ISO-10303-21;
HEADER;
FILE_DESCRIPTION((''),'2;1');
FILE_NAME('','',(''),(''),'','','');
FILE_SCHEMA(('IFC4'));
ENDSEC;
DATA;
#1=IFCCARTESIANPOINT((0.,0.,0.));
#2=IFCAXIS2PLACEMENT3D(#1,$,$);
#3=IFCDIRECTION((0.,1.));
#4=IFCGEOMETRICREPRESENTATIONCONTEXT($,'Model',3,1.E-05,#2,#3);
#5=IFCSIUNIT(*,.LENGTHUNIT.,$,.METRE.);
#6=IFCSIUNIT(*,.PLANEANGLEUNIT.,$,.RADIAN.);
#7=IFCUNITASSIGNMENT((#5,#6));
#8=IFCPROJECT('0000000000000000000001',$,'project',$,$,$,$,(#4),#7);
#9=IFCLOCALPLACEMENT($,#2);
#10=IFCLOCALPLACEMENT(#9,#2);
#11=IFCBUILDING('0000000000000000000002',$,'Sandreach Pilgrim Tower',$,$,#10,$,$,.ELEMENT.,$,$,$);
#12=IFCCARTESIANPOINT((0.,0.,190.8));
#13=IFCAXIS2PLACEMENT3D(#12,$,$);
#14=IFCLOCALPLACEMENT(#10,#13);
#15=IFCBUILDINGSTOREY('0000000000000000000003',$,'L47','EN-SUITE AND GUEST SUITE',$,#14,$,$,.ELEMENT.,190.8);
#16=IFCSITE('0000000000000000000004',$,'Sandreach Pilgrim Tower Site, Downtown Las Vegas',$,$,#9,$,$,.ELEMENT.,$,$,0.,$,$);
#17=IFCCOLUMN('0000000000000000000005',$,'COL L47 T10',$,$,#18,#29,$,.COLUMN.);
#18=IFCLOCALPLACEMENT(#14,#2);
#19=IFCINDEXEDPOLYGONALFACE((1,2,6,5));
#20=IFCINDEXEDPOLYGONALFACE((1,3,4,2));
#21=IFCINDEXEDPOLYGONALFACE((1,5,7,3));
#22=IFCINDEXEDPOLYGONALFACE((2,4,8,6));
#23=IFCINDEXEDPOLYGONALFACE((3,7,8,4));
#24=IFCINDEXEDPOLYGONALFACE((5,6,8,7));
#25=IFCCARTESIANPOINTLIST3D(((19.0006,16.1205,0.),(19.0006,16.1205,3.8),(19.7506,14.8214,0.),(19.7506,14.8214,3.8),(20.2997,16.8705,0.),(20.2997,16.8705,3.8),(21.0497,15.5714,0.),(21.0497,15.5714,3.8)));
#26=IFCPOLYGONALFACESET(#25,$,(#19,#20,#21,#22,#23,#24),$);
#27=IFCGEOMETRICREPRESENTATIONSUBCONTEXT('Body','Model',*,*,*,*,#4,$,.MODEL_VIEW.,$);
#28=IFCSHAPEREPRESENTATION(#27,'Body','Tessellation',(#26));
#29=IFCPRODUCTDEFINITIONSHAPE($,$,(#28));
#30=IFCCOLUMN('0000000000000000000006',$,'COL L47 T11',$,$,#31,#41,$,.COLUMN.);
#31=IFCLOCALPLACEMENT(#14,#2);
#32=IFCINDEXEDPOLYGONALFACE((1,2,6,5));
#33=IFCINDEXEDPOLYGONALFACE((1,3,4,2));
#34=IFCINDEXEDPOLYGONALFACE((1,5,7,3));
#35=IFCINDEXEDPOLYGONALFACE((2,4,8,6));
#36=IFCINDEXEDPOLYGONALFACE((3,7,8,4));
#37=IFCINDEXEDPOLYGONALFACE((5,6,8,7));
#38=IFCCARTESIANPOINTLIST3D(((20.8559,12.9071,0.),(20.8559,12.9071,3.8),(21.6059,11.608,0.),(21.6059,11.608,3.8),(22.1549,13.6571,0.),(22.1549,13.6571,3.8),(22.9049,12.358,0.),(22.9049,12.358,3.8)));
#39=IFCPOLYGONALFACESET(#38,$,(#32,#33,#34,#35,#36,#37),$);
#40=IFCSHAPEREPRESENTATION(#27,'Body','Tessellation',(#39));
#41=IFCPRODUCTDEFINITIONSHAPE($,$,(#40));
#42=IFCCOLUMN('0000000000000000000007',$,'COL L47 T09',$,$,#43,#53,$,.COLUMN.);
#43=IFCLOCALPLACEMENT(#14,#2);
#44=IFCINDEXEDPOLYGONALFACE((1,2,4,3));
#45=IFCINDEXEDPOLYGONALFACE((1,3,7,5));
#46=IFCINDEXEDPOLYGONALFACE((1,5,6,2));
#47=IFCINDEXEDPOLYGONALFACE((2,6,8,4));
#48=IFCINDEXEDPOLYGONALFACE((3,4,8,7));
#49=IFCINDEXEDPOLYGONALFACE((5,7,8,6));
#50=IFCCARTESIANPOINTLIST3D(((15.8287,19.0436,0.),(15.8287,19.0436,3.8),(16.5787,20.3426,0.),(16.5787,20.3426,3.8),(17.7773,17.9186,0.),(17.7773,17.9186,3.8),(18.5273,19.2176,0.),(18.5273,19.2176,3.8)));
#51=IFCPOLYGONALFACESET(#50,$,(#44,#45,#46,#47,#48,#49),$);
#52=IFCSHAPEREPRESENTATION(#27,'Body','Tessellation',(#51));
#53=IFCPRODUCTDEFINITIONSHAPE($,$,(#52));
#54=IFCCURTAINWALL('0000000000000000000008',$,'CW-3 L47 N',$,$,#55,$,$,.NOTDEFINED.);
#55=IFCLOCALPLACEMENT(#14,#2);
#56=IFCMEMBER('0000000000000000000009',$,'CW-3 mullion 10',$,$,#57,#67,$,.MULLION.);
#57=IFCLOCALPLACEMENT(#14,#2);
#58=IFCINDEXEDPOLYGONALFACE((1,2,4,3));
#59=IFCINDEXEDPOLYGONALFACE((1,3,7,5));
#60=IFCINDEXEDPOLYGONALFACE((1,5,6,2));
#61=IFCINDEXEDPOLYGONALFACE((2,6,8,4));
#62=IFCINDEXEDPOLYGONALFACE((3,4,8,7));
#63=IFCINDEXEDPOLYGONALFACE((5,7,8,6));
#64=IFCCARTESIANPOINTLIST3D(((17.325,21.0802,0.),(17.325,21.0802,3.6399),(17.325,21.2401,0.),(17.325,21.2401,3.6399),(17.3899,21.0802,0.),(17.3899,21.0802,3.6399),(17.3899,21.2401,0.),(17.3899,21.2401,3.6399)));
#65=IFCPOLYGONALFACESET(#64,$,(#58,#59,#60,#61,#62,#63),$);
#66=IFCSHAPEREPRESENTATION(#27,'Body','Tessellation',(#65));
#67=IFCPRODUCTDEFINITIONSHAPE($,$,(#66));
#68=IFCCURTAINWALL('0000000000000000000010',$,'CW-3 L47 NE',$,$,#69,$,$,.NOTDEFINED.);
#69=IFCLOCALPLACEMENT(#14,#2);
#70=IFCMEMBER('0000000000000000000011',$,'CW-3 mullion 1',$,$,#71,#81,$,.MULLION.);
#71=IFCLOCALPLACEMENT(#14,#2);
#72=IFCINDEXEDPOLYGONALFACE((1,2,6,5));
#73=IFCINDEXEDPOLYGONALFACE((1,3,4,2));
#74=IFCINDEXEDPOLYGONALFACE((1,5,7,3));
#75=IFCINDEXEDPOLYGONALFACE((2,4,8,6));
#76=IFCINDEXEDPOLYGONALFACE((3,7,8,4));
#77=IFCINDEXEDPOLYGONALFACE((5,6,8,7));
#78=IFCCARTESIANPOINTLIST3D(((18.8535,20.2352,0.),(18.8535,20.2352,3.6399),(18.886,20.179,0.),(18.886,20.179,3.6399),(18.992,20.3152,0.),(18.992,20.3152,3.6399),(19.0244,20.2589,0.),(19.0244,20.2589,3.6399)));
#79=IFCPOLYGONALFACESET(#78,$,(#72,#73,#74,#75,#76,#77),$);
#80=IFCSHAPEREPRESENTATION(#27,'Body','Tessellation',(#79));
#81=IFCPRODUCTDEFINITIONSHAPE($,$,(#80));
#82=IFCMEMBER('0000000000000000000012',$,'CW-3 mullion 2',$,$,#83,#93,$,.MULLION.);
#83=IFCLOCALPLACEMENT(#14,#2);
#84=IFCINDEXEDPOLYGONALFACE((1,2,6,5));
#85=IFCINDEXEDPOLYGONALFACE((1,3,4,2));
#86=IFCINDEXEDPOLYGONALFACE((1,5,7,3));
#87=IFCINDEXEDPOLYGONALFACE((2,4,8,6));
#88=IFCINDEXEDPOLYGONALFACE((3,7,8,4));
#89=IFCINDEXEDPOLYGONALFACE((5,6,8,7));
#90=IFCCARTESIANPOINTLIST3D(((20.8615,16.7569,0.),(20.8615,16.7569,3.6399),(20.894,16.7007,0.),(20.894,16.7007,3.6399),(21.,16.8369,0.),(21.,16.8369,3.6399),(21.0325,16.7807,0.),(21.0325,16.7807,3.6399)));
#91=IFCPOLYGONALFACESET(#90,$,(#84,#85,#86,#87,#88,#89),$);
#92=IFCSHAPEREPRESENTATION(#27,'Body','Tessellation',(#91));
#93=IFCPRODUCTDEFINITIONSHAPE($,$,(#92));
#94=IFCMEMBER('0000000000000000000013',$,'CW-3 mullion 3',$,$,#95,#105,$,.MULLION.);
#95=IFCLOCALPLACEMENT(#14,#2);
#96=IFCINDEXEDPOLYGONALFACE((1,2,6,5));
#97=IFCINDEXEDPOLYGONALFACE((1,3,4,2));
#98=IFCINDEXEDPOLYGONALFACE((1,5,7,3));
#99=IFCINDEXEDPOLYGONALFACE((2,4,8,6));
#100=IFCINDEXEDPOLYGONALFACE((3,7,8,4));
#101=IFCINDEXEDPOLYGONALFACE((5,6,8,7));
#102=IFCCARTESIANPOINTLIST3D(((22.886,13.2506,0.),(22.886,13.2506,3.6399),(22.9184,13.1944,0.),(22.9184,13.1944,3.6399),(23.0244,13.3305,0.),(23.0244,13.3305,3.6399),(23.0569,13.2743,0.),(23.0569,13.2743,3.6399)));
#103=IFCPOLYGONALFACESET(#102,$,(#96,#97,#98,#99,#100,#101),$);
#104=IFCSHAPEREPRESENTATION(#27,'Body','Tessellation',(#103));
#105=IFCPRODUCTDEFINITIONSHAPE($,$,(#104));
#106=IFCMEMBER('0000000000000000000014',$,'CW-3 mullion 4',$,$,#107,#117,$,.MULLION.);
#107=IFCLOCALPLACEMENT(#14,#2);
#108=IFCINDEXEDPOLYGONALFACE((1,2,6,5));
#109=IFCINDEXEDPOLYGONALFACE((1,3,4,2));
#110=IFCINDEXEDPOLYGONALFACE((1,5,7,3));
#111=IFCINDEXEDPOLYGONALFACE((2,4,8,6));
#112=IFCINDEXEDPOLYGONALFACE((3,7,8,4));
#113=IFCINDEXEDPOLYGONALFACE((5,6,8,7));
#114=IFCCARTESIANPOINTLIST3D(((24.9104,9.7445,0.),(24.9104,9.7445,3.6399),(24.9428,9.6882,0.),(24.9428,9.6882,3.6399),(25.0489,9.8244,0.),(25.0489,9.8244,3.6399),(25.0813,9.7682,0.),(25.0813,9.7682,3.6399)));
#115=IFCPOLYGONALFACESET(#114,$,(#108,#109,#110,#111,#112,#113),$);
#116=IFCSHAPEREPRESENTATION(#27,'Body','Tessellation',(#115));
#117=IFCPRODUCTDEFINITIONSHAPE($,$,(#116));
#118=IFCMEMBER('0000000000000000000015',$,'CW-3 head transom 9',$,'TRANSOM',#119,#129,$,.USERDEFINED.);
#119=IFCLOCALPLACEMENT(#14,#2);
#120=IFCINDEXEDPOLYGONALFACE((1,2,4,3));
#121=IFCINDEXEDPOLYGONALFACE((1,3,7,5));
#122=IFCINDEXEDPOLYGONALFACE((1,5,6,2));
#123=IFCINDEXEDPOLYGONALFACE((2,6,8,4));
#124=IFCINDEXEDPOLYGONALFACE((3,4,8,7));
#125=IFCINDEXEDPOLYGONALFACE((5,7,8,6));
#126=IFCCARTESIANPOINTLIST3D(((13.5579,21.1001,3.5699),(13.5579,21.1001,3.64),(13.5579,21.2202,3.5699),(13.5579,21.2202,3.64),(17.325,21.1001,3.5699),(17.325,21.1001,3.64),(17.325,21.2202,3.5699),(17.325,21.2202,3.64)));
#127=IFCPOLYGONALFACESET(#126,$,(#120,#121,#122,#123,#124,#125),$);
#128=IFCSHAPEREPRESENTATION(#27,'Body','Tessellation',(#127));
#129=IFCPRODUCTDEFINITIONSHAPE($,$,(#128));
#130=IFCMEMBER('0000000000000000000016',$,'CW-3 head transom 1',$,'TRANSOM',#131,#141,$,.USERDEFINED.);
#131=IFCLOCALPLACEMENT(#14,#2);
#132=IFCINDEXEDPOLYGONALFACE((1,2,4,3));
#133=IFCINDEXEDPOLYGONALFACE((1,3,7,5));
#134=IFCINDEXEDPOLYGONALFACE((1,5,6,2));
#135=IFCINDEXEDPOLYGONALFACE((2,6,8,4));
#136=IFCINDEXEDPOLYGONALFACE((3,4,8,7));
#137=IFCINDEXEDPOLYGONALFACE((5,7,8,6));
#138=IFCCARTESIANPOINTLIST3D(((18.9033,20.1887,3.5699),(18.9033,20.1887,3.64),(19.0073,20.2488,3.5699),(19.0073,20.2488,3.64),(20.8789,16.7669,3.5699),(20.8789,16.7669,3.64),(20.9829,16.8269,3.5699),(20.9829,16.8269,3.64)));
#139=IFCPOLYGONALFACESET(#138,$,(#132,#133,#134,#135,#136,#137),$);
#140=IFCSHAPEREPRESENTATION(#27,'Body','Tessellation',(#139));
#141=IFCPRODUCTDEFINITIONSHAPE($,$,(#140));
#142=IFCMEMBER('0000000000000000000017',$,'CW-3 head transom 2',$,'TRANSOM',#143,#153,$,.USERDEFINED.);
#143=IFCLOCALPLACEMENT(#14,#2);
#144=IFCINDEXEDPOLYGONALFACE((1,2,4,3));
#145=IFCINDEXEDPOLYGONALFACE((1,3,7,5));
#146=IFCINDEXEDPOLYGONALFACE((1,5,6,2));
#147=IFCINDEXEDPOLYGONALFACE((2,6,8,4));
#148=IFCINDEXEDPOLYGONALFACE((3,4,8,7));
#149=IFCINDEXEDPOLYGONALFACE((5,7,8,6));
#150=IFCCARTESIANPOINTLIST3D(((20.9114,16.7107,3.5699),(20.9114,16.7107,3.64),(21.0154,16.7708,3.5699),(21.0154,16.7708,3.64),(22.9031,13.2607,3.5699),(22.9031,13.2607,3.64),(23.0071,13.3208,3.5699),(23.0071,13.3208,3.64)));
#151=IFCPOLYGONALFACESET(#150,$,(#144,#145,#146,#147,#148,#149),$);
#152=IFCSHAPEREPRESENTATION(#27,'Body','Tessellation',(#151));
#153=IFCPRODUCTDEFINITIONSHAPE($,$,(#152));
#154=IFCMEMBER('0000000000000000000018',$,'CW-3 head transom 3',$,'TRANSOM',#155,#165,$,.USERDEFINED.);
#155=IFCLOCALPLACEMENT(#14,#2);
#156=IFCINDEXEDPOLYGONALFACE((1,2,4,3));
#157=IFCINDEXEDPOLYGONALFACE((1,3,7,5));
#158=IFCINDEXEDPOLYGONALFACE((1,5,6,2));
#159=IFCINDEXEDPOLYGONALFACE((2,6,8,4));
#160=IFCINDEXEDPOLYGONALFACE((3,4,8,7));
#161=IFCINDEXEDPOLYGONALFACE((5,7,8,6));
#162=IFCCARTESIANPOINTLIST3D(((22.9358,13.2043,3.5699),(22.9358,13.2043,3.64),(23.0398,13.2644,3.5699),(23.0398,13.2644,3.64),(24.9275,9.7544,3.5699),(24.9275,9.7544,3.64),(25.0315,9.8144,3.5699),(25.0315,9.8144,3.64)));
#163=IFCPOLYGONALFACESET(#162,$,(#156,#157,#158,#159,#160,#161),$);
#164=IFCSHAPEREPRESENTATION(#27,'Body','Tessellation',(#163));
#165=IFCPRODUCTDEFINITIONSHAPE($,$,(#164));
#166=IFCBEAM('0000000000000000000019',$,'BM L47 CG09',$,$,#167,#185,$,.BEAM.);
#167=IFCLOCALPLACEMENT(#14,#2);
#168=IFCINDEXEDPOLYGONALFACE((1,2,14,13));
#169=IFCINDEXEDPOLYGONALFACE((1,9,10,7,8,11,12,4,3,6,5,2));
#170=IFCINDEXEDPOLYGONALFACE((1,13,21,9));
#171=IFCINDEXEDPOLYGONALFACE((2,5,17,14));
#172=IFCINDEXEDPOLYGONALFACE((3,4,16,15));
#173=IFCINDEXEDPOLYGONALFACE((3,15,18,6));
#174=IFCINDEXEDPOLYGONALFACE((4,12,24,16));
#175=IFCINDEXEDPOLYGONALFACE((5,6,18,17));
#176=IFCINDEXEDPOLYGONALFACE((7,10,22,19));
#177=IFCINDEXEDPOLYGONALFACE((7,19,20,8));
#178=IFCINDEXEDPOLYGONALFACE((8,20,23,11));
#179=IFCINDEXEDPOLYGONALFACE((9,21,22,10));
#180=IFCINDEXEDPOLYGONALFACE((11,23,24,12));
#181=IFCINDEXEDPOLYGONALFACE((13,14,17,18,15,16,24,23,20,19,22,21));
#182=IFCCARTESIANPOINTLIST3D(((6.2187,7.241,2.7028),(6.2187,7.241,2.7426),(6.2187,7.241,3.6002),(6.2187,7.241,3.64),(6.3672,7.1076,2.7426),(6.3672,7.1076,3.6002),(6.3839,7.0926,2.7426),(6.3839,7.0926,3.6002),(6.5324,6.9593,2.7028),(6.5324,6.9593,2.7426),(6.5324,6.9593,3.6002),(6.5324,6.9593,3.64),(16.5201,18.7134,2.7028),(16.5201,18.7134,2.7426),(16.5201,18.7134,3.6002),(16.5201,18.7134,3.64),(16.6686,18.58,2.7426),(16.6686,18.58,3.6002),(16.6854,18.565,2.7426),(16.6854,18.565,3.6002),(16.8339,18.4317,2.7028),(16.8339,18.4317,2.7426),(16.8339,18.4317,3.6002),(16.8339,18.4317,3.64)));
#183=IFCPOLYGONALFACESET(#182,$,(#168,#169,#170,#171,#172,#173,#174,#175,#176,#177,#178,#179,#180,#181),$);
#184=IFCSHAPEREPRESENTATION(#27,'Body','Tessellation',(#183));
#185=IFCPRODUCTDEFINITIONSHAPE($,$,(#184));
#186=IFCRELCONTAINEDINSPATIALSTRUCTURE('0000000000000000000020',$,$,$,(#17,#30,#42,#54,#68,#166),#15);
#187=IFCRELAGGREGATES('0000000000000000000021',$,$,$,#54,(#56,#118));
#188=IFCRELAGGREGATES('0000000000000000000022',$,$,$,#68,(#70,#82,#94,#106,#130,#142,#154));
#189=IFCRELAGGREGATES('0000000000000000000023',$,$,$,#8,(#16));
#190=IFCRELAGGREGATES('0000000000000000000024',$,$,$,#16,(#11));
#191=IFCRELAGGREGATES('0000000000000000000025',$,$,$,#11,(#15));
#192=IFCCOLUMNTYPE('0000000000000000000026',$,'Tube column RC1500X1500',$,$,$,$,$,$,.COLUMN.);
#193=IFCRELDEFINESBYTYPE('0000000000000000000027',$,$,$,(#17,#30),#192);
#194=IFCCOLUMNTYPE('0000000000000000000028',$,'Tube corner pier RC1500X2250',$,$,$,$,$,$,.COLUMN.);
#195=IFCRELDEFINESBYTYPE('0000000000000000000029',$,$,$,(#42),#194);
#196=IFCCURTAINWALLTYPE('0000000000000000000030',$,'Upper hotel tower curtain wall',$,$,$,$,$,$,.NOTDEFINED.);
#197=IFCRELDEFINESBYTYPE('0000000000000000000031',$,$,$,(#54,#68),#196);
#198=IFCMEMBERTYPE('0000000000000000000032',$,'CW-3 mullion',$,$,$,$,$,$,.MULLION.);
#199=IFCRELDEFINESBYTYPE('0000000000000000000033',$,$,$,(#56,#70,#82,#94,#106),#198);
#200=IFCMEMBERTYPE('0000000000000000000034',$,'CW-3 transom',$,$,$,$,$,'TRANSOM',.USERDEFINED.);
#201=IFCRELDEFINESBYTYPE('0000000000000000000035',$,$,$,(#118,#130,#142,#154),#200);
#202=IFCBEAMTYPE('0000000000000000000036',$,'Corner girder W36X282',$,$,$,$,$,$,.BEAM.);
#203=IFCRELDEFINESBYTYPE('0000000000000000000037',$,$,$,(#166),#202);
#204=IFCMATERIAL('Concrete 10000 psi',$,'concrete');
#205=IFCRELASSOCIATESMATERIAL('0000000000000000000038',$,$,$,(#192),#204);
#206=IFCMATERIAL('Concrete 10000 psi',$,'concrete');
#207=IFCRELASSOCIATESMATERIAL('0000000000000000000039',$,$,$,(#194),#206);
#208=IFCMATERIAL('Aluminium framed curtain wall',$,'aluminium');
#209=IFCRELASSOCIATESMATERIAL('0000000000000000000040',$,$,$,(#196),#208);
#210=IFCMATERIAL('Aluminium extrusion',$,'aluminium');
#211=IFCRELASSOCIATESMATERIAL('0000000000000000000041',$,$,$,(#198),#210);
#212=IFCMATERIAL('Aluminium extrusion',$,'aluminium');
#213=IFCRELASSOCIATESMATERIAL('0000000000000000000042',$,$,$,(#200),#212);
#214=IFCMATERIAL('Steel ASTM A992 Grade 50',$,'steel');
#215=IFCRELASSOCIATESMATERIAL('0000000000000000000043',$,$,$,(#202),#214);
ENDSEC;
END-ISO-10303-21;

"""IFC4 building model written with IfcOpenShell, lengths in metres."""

from ifc_helpers import new_model, si_unit, direction, frame, origin, origin_2d, place, context, subcontext, project, spatial, rectangle, i_section, extrude, material, material_profile, profile_set, type_object, element, aggregate, save


model = new_model("IFC4")

# Units and contexts
model_context = context("Model", 3, precision=1e-05, world=origin(), true_north=direction((0.0, 1.0)))
body_context = subcontext(model_context, "Body", "Model", "MODEL_VIEW")
ifc_project = project(units=[si_unit("LENGTHUNIT", "METRE"), si_unit("PLANEANGLEUNIT", "RADIAN")], contexts=[model_context])

# Site, building, storey
site_placement = place(None, origin())
site = spatial("IfcSite", under=ifc_project, at=site_placement, Name="Sandreach Pilgrim Tower Site, Downtown Las Vegas", CompositionType="ELEMENT", RefElevation=0.0)
building_placement = place(site_placement, origin())
building = spatial("IfcBuilding", under=site, at=building_placement, Name="Sandreach Pilgrim Tower", CompositionType="ELEMENT")
storey_placement = place(building_placement, frame((0.0, 0.0, 190.8)))
storey = spatial("IfcBuildingStorey", under=building, at=storey_placement, Name="L47", Description="EN-SUITE AND GUEST SUITE", CompositionType="ELEMENT", Elevation=190.8)

# Columns
ifc_material_1 = material(Name="Concrete 10000 psi", Category="concrete")
ifc_material_profile_1 = material_profile(ifc_material_1, rectangle(XDim=1.5, YDim=1.5, at=origin_2d()), Name="RC1500X1500")
ifc_profile_set_1 = profile_set([ifc_material_profile_1], Name="Concrete 10000 psi")
column_type_1 = type_object("IfcColumnType", Name="Tube column RC1500X1500", PredefinedType="COLUMN", material=ifc_profile_set_1)
for number, where, z_axis, x_axis, name in (
    (1, (20.0251, 15.8459, 0.0), (0.0, 0.0, 1.0), (0.866025, 0.5, 0.0), "COL L47 T10"),
    (2, (21.8804, 12.6326, 0.0), (0.0, 0.0, 1.0), (0.866025, 0.5, 0.0), "COL L47 T11"),
):
    element("IfcColumn", number, at=place(storey_placement, frame(where, z_axis=z_axis, x_axis=x_axis)), inside=storey, type_object=column_type_1, Name=name, PredefinedType="COLUMN", context=body_context, shape_type="SweptSolid", body=[
        extrude(rectangle(XDim=1.5, YDim=1.5, at=origin_2d()), origin(), (0.0, 0.0, 1.0), 3.8),
    ])
ifc_material_2 = material(Name="Concrete 10000 psi", Category="concrete")
ifc_material_profile_2 = material_profile(ifc_material_2, rectangle(XDim=1.5, YDim=2.25, at=origin_2d()), Name="RC1500X2250")
ifc_profile_set_2 = profile_set([ifc_material_profile_2], Name="Concrete 10000 psi")
column_type_2 = type_object("IfcColumnType", Name="Tube corner pier RC1500X2250", PredefinedType="COLUMN", material=ifc_profile_set_2)
column_placement = place(storey_placement, frame((17.178, 19.1306, 0.0), z_axis=(0.0, 0.0, 1.0), x_axis=(0.5, 0.866025, 0.0)))
element("IfcColumn", 3, at=column_placement, inside=storey, type_object=column_type_2, Name="COL L47 T09", PredefinedType="COLUMN", context=body_context, shape_type="SweptSolid", body=[
    extrude(rectangle(XDim=1.5, YDim=2.25, at=origin_2d()), origin(), (0.0, 0.0, 1.0), 3.8),
])

# Curtain wall, member
ifc_material_3 = material(Name="Aluminium framed curtain wall", Category="aluminium")
curtain_wall_type = type_object("IfcCurtainWallType", Name="Upper hotel tower curtain wall", PredefinedType="NOTDEFINED", material=ifc_material_3)
curtain_wall_1_placement = place(storey_placement, origin())
curtain_wall_1 = element("IfcCurtainWall", 4, at=curtain_wall_1_placement, inside=storey, type_object=curtain_wall_type, Name="CW-3 L47 N", PredefinedType="NOTDEFINED")
ifc_material_4 = material(Name="Aluminium extrusion", Category="aluminium")
ifc_material_profile_3 = material_profile(ifc_material_4, rectangle(XDim=0.0649, YDim=0.1599, at=origin_2d()), Name="CW-3M 65X160")
ifc_profile_set_3 = profile_set([ifc_material_profile_3], Name="Aluminium extrusion")
member_type_1 = type_object("IfcMemberType", Name="CW-3 mullion", PredefinedType="MULLION", material=ifc_profile_set_3)
member_1_placement = place(storey_placement, frame((17.3574, 21.1602, 0.0), z_axis=(0.0, 0.0, 1.0), x_axis=(1.0, 0.0, 0.0)))
member_1 = element("IfcMember", 5, at=member_1_placement, type_object=member_type_1, Name="CW-3 mullion 10", PredefinedType="MULLION", context=body_context, shape_type="SweptSolid", body=[
    extrude(rectangle(XDim=0.0649, YDim=0.1599, at=origin_2d()), origin(), (0.0, 0.0, 1.0), 3.6399),
])

# Curtain wall, members
curtain_wall_2_placement = place(storey_placement, origin())
curtain_wall_2 = element("IfcCurtainWall", 6, at=curtain_wall_2_placement, inside=storey, type_object=curtain_wall_type, Name="CW-3 L47 NE", PredefinedType="NOTDEFINED")
member_2_placement = place(storey_placement, frame((18.939, 20.2471, 0.0), z_axis=(0.0, 0.0, 1.0), x_axis=(0.5, -0.866025, 0.0)))
member_2 = element("IfcMember", 7, at=member_2_placement, type_object=member_type_1, Name="CW-3 mullion 1", PredefinedType="MULLION", context=body_context, shape_type="SweptSolid", body=[
    extrude(rectangle(XDim=0.0649, YDim=0.1599, at=origin_2d()), origin(), (0.0, 0.0, 1.0), 3.6399),
])
member_3_placement = place(storey_placement, frame((20.947, 16.7688, 0.0), z_axis=(0.0, 0.0, 1.0), x_axis=(0.5, -0.866025, 0.0)))
member_3 = element("IfcMember", 8, at=member_3_placement, type_object=member_type_1, Name="CW-3 mullion 2", PredefinedType="MULLION", context=body_context, shape_type="SweptSolid", body=[
    extrude(rectangle(XDim=0.0649, YDim=0.1599, at=origin_2d()), origin(), (0.0, 0.0, 1.0), 3.6399),
])
member_4_placement = place(storey_placement, frame((22.9714, 13.2625, 0.0), z_axis=(0.0, 0.0, 1.0), x_axis=(0.5, -0.866025, 0.0)))
member_4 = element("IfcMember", 9, at=member_4_placement, type_object=member_type_1, Name="CW-3 mullion 3", PredefinedType="MULLION", context=body_context, shape_type="SweptSolid", body=[
    extrude(rectangle(XDim=0.0649, YDim=0.1599, at=origin_2d()), origin(), (0.0, 0.0, 1.0), 3.6399),
])
member_5_placement = place(storey_placement, frame((24.9958, 9.7563, 0.0), z_axis=(0.0, 0.0, 1.0), x_axis=(0.5, -0.866025, 0.0)))
member_5 = element("IfcMember", 10, at=member_5_placement, type_object=member_type_1, Name="CW-3 mullion 4", PredefinedType="MULLION", context=body_context, shape_type="SweptSolid", body=[
    extrude(rectangle(XDim=0.0649, YDim=0.1599, at=origin_2d()), origin(), (0.0, 0.0, 1.0), 3.6399),
])

# Members
ifc_material_5 = material(Name="Aluminium extrusion", Category="aluminium")
ifc_material_profile_4 = material_profile(ifc_material_5, rectangle(XDim=0.1201, YDim=0.0701, at=origin_2d()), Name="CW-3T 120X70")
ifc_profile_set_4 = profile_set([ifc_material_profile_4], Name="Aluminium extrusion")
member_type_2 = type_object("IfcMemberType", Name="CW-3 transom", ElementType="TRANSOM", PredefinedType="USERDEFINED", material=ifc_profile_set_4)
member_6_placement = place(storey_placement, frame((13.5579, 21.1602, 3.605), z_axis=(1.0, 0.0, 0.0), x_axis=(0.0, 1.0, 0.0)))
member_6 = element("IfcMember", 11, at=member_6_placement, type_object=member_type_2, Name="CW-3 head transom 9", ObjectType="TRANSOM", PredefinedType="USERDEFINED", context=body_context, shape_type="SweptSolid", body=[
    extrude(rectangle(XDim=0.1201, YDim=0.0701, at=origin_2d()), origin(), (0.0, 0.0, 1.0), 3.7671),
])
member_7_placement = place(storey_placement, frame((18.9553, 20.2188, 3.605), z_axis=(0.499993, -0.866029, 0.0), x_axis=(0.866029, 0.499993, 0.0)))
member_7 = element("IfcMember", 12, at=member_7_placement, type_object=member_type_2, Name="CW-3 head transom 1", ObjectType="TRANSOM", PredefinedType="USERDEFINED", context=body_context, shape_type="SweptSolid", body=[
    extrude(rectangle(XDim=0.1201, YDim=0.0701, at=origin_2d()), origin(), (0.0, 0.0, 1.0), 3.9512),
])
member_8_placement = place(storey_placement, frame((20.9634, 16.7407, 3.605), z_axis=(0.499975, -0.86604, 0.0), x_axis=(0.86604, 0.499975, 0.0)))
member_8 = element("IfcMember", 13, at=member_8_placement, type_object=member_type_2, Name="CW-3 head transom 2", ObjectType="TRANSOM", PredefinedType="USERDEFINED", context=body_context, shape_type="SweptSolid", body=[
    extrude(rectangle(XDim=0.1201, YDim=0.0701, at=origin_2d()), origin(), (0.0, 0.0, 1.0), 3.9836),
])
member_9_placement = place(storey_placement, frame((22.9878, 13.2344, 3.605), z_axis=(0.499975, -0.86604, 0.0), x_axis=(0.86604, 0.499975, 0.0)))
member_9 = element("IfcMember", 14, at=member_9_placement, type_object=member_type_2, Name="CW-3 head transom 3", ObjectType="TRANSOM", PredefinedType="USERDEFINED", context=body_context, shape_type="SweptSolid", body=[
    extrude(rectangle(XDim=0.1201, YDim=0.0701, at=origin_2d()), origin(), (0.0, 0.0, 1.0), 3.9836),
])

# Beam
ifc_material_6 = material(Name="Steel ASTM A992 Grade 50", Category="steel")
ifc_material_profile_5 = material_profile(ifc_material_6, i_section(OverallWidth=0.4216, OverallDepth=0.9373, WebThickness=0.0225, FlangeThickness=0.0398, at=origin_2d()), Name="W36X282")
ifc_profile_set_5 = profile_set([ifc_material_profile_5], Name="Steel ASTM A992 Grade 50")
beam_type_1 = type_object("IfcBeamType", Name="Corner girder W36X282", PredefinedType="BEAM", material=ifc_profile_set_5)
beam_1_placement = place(storey_placement, frame((16.677, 18.5725, 3.1714), z_axis=(-0.668117, -0.744057, 0.0), x_axis=(0.744057, -0.668117, 0.0)))
element("IfcBeam", 15, at=beam_1_placement, inside=storey, type_object=beam_type_1, Name="BM L47 CG09", PredefinedType="BEAM", context=body_context, shape_type="SweptSolid", body=[
    extrude(i_section(OverallWidth=0.4216, OverallDepth=0.9373, WebThickness=0.0225, FlangeThickness=0.0398, at=origin_2d()), origin(), (0.0, 0.0, 1.0), 15.4187),
])

aggregate(curtain_wall_1, [member_1, member_6])
aggregate(curtain_wall_2, [member_2, member_3, member_4, member_5, member_7, member_8, member_9])

save(model, "model.ifc")
